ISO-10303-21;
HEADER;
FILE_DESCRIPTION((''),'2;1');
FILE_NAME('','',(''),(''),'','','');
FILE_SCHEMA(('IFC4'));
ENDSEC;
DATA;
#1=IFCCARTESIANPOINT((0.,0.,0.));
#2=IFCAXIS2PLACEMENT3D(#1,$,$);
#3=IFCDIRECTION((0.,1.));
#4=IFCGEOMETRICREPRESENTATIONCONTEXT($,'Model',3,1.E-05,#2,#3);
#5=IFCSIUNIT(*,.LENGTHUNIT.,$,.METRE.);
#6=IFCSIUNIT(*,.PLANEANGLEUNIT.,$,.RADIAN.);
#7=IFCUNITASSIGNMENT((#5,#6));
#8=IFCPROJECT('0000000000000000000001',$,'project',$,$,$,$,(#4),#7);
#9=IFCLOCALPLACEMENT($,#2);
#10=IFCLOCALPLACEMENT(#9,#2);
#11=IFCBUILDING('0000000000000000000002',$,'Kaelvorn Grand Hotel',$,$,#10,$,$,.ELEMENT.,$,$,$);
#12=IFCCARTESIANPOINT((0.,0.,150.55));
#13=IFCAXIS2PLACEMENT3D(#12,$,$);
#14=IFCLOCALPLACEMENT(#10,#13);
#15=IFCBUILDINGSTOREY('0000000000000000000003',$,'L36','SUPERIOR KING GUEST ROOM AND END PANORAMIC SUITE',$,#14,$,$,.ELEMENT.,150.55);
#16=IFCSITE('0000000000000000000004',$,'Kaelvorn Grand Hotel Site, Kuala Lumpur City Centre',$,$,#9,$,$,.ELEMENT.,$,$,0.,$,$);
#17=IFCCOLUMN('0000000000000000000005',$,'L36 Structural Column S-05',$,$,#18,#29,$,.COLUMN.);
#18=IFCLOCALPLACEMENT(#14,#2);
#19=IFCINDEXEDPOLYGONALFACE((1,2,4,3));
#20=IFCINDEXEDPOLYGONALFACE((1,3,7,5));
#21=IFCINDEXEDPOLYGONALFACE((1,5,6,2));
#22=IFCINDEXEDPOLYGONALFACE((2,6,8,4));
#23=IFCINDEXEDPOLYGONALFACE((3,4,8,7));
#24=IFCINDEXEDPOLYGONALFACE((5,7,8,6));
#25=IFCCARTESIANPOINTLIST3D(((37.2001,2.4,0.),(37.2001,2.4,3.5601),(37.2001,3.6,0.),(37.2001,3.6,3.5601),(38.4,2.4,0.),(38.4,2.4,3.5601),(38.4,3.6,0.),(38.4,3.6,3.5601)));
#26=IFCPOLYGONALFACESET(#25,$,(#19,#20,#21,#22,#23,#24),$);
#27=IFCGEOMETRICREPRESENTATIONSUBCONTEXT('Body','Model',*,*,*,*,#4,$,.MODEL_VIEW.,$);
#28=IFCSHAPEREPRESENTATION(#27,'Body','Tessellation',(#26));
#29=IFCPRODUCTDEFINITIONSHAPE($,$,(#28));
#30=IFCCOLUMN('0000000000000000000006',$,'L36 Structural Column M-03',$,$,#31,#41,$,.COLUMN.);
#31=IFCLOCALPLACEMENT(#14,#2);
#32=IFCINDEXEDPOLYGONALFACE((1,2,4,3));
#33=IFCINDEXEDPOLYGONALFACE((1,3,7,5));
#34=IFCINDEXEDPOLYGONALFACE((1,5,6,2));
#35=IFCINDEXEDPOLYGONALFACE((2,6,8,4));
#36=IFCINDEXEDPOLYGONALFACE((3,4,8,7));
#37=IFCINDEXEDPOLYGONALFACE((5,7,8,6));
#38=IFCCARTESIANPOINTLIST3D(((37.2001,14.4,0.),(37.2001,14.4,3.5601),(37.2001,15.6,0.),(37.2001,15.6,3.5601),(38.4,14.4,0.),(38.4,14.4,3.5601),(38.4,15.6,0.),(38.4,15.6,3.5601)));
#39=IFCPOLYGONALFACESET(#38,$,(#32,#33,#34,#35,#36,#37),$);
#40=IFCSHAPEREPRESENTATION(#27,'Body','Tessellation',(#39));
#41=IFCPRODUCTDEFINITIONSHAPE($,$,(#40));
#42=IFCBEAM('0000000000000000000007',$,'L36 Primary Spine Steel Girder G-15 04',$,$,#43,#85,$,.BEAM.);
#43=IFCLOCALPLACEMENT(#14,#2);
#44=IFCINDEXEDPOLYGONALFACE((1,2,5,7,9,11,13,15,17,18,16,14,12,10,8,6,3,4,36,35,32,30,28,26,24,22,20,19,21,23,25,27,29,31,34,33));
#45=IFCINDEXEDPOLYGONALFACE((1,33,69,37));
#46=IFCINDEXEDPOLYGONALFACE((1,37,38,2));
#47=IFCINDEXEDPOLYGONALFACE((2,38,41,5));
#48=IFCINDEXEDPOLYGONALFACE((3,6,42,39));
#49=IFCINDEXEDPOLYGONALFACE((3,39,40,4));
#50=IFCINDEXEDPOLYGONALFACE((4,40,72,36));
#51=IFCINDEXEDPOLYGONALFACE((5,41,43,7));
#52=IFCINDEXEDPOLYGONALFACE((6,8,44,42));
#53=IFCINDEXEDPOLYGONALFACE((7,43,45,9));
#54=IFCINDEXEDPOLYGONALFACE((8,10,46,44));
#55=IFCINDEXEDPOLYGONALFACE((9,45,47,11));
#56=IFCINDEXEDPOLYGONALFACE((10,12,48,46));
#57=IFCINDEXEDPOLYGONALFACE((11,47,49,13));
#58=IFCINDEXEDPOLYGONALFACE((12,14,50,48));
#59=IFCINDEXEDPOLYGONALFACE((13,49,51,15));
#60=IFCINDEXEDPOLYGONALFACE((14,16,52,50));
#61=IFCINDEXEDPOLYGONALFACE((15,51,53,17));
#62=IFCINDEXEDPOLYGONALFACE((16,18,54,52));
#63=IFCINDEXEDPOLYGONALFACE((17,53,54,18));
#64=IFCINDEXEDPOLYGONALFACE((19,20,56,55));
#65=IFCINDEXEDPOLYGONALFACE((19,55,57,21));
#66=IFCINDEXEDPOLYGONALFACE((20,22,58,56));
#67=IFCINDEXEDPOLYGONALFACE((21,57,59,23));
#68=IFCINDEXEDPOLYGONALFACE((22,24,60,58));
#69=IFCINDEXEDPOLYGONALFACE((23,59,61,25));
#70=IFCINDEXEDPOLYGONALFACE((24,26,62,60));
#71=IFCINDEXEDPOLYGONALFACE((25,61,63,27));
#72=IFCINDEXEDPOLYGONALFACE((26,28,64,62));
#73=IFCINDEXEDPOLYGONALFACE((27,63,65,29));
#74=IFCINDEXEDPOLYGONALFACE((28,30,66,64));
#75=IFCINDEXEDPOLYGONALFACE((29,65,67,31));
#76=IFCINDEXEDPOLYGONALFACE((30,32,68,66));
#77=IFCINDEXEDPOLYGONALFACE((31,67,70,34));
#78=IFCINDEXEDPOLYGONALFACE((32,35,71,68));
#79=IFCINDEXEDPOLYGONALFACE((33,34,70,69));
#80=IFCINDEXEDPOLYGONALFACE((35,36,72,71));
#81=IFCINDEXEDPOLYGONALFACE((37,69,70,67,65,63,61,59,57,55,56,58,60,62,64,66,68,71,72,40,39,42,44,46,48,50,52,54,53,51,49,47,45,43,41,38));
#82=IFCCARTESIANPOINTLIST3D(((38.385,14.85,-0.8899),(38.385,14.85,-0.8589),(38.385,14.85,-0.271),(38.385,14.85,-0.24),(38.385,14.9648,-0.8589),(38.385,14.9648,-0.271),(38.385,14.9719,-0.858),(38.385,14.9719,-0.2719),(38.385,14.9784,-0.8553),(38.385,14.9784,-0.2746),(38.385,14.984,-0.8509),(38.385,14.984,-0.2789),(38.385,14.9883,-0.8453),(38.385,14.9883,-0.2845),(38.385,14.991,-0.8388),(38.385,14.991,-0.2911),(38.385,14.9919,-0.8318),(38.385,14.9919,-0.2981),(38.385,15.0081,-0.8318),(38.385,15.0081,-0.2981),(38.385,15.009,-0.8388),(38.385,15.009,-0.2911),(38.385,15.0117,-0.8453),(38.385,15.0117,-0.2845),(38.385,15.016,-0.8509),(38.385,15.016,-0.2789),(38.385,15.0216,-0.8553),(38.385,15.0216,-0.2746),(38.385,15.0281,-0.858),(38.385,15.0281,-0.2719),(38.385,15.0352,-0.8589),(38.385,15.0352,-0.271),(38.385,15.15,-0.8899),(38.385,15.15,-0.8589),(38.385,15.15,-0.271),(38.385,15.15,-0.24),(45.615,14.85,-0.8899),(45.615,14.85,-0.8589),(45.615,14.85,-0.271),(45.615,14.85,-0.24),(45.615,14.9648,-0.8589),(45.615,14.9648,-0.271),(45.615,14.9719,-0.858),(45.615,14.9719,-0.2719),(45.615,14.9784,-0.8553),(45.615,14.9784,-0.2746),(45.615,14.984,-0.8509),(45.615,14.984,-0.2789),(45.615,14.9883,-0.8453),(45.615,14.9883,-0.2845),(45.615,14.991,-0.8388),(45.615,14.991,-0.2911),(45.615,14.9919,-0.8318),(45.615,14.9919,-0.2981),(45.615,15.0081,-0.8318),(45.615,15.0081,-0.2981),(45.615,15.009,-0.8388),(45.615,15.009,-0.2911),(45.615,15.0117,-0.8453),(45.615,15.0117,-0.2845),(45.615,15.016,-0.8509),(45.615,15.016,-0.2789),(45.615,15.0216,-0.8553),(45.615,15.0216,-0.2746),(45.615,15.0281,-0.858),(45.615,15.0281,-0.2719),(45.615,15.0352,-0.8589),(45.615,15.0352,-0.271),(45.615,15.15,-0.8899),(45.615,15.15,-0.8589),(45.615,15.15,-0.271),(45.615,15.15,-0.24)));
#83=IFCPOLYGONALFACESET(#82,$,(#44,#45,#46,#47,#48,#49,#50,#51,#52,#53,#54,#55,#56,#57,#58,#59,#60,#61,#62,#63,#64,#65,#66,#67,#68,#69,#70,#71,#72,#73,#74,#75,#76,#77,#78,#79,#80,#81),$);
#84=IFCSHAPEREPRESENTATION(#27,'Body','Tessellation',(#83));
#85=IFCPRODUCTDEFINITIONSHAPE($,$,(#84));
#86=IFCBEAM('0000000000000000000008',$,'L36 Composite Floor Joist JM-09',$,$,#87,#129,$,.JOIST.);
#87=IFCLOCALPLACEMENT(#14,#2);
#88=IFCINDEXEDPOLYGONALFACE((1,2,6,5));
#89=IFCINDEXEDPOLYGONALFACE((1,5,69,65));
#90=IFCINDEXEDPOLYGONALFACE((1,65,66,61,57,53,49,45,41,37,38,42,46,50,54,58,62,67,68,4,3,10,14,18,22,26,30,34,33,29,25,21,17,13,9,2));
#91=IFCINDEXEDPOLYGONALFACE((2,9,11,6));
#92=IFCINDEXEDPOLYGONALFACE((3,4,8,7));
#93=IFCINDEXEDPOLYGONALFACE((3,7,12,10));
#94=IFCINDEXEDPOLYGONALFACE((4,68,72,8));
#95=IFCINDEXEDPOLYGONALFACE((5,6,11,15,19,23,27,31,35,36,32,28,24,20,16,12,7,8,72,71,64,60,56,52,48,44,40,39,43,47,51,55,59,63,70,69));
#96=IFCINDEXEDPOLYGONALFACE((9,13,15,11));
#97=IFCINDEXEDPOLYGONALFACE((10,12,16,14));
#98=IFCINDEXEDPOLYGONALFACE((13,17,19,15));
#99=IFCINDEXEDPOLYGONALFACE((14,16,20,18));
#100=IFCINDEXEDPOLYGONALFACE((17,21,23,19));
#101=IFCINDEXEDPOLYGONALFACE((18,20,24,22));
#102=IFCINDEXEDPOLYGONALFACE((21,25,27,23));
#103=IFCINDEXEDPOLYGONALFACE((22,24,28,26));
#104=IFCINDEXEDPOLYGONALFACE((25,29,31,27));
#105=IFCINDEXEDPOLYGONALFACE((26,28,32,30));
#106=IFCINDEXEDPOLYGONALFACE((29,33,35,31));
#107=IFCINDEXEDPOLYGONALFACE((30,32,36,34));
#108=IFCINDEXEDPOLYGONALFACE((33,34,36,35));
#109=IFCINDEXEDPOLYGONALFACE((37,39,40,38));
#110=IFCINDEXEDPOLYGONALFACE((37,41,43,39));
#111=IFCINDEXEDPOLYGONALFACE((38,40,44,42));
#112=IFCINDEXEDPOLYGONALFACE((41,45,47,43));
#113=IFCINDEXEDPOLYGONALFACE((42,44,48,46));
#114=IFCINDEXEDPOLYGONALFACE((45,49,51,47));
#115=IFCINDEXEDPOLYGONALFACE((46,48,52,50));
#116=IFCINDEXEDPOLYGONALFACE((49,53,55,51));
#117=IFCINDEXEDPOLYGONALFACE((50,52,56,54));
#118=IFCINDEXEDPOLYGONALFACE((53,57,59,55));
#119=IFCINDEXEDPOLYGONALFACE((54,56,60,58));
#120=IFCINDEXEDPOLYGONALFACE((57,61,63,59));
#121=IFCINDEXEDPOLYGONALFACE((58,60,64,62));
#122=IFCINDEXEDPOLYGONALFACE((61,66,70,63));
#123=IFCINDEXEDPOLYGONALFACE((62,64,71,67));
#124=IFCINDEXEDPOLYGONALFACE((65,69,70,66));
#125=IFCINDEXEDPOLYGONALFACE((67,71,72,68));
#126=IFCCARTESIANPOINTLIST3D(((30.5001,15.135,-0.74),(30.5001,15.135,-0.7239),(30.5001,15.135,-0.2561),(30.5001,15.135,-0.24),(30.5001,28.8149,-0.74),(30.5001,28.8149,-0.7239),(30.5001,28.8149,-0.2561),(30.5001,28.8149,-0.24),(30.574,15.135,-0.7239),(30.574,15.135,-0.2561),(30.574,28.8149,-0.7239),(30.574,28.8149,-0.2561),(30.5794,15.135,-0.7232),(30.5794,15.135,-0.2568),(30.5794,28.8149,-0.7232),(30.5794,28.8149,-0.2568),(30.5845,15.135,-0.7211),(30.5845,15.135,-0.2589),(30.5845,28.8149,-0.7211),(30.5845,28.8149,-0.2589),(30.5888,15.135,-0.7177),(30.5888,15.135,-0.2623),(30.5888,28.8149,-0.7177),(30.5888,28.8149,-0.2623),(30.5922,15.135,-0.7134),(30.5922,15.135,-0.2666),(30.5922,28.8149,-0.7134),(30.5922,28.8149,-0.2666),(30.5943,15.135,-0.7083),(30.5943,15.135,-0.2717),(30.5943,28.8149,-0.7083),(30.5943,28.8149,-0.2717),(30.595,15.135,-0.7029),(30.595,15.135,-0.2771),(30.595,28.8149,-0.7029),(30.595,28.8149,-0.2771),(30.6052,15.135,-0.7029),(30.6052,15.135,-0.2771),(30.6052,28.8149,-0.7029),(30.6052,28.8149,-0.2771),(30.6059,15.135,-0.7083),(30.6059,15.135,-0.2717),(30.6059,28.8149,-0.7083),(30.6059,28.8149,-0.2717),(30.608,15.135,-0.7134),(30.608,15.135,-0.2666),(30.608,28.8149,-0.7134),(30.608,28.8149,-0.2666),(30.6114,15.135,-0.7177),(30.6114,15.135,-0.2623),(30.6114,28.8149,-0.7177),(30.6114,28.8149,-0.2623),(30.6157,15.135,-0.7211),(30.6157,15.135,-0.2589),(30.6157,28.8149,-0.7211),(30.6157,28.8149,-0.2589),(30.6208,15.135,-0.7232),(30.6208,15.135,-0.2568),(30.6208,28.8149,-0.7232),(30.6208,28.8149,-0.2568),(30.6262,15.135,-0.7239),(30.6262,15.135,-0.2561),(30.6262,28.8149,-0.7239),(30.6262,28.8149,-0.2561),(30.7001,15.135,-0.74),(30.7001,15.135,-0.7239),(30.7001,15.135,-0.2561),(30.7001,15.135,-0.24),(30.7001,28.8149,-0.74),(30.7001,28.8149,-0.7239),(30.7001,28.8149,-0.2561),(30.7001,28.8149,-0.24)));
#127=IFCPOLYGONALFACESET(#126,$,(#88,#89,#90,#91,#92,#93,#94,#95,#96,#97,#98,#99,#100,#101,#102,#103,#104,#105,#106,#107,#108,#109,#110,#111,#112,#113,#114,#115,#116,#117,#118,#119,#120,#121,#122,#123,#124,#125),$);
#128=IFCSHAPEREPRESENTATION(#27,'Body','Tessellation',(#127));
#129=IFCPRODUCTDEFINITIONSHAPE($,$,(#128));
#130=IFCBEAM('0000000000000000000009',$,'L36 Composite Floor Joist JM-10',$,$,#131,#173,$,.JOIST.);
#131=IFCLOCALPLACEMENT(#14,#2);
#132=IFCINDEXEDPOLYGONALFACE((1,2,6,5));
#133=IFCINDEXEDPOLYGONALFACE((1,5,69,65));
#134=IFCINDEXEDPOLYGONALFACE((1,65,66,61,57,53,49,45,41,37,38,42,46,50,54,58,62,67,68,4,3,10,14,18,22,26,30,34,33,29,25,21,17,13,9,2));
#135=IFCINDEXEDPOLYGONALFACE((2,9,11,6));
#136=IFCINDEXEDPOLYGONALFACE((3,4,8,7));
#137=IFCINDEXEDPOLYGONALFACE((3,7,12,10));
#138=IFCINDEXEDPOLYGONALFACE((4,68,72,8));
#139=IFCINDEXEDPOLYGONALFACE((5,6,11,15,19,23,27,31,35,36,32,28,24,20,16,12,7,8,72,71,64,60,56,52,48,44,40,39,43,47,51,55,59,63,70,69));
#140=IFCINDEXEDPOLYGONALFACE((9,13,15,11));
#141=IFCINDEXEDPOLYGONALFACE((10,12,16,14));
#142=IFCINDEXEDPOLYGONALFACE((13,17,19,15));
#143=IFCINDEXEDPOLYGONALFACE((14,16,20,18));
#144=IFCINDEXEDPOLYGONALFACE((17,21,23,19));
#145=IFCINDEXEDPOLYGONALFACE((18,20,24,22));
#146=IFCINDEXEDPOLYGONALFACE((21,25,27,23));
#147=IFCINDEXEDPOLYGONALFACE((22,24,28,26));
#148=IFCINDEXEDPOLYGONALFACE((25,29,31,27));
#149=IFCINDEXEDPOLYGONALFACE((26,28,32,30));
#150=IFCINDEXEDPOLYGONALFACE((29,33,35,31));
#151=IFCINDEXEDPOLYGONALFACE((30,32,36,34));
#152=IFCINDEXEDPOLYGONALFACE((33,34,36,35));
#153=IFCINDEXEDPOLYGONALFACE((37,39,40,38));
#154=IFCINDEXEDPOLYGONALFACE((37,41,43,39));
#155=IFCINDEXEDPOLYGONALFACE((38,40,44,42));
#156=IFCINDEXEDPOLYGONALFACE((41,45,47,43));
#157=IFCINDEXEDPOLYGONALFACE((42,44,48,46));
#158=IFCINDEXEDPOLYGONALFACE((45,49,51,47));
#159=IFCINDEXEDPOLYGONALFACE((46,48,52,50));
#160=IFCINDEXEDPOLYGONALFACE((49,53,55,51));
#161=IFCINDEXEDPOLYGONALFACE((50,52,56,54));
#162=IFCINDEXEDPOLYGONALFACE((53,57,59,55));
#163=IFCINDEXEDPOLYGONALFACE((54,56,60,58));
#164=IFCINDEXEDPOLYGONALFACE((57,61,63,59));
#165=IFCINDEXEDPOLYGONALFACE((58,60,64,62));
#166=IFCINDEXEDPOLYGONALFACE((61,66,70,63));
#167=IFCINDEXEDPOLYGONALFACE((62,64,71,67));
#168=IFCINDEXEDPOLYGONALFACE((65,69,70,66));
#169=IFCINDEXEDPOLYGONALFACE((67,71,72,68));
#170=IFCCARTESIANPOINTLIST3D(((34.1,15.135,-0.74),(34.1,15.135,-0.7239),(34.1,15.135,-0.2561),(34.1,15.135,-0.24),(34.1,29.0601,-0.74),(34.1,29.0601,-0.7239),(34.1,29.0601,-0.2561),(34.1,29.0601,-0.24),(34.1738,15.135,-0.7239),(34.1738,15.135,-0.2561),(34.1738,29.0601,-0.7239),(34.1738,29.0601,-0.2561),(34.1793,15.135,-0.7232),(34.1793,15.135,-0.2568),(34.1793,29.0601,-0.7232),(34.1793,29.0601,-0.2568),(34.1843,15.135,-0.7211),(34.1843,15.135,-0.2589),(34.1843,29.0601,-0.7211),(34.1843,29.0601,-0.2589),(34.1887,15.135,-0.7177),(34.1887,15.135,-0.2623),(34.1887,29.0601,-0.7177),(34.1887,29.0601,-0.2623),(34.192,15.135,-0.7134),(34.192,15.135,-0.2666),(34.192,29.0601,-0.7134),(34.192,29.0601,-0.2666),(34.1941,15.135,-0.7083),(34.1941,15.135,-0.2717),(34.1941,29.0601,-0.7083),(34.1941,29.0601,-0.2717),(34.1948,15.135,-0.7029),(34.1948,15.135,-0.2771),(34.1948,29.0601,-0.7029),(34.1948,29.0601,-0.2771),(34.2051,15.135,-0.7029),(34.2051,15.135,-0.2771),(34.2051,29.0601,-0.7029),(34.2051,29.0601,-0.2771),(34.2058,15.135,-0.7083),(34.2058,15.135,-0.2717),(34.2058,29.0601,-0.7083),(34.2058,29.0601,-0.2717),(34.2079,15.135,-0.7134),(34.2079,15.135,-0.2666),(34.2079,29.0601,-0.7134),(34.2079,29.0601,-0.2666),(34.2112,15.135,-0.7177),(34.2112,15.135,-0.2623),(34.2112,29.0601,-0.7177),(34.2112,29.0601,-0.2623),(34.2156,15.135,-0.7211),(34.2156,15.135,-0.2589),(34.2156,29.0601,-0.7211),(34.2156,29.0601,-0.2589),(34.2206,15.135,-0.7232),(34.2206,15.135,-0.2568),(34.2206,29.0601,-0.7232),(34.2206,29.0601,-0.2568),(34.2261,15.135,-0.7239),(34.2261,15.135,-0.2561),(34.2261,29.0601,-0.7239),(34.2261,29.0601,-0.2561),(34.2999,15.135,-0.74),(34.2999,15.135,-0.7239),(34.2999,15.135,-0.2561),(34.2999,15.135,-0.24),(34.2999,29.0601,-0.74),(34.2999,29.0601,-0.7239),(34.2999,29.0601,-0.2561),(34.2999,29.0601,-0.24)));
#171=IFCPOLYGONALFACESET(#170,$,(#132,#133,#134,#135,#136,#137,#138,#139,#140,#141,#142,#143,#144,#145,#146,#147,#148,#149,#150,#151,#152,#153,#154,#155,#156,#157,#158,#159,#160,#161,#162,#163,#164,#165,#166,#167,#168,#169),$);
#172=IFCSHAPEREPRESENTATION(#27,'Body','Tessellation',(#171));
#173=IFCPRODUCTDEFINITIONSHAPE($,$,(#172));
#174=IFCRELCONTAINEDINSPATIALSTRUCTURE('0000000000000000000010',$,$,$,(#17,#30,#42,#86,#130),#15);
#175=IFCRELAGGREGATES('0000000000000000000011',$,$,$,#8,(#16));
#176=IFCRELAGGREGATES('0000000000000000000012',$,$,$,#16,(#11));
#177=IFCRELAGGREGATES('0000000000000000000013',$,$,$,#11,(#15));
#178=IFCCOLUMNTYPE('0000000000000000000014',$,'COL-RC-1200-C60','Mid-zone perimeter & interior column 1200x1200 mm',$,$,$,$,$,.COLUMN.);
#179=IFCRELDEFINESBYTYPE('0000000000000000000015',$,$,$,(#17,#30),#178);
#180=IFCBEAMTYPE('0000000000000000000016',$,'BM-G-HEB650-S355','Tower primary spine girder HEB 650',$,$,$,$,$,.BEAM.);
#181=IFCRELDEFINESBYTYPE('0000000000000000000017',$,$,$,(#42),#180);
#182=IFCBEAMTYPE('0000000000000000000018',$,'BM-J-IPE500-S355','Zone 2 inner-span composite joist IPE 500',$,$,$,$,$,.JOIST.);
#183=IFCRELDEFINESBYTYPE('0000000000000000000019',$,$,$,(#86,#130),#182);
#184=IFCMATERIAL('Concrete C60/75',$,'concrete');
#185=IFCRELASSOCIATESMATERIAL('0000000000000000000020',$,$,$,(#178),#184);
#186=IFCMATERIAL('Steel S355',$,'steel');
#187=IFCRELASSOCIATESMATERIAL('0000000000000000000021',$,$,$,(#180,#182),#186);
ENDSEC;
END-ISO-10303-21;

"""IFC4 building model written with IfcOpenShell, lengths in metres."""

from ifc_helpers import new_model, si_unit, direction, frame, origin, origin_2d, place, context, subcontext, project, spatial, rectangle, i_section, extrude, material, material_profile, profile_set, type_object, element, save


model = new_model("IFC4")

# Units and contexts
model_context = context("Model", 3, precision=1e-05, world=origin(), true_north=direction((0.0, 1.0)))
body_context = subcontext(model_context, "Body", "Model", "MODEL_VIEW")
ifc_project = project(units=[si_unit("LENGTHUNIT", "METRE"), si_unit("PLANEANGLEUNIT", "RADIAN")], contexts=[model_context])

# Site, building, storey
site_placement = place(None, origin())
site = spatial("IfcSite", under=ifc_project, at=site_placement, Name="Kaelvorn Grand Hotel Site, Kuala Lumpur City Centre", CompositionType="ELEMENT", RefElevation=0.0)
building_placement = place(site_placement, origin())
building = spatial("IfcBuilding", under=site, at=building_placement, Name="Kaelvorn Grand Hotel", CompositionType="ELEMENT")
storey_placement = place(building_placement, frame((0.0, 0.0, 150.55)))
storey = spatial("IfcBuildingStorey", under=building, at=storey_placement, Name="L36", Description="SUPERIOR KING GUEST ROOM AND END PANORAMIC SUITE", CompositionType="ELEMENT", Elevation=150.55)

# Columns
ifc_material_1 = material(Name="Concrete C60/75", Category="concrete")
ifc_material_profile_1 = material_profile(ifc_material_1, rectangle(XDim=1.2, YDim=1.2, at=origin_2d()), Name="RC COL 1200x1200")
ifc_profile_set_1 = profile_set([ifc_material_profile_1], Name="Concrete C60/75")
column_type = type_object("IfcColumnType", Name="COL-RC-1200-C60", Description="Mid-zone perimeter & interior column 1200x1200 mm", PredefinedType="COLUMN", material=ifc_profile_set_1)
for number, where, z_axis, x_axis, name in (
    (1, (37.8, 3.0, 0.0), (0.0, 0.0, 1.0), (1.0, 0.0, 0.0), "L36 Structural Column S-05"),
    (2, (37.8, 15.0, 0.0), (0.0, 0.0, 1.0), (1.0, 0.0, 0.0), "L36 Structural Column M-03"),
):
    element("IfcColumn", number, at=place(storey_placement, frame(where, z_axis=z_axis, x_axis=x_axis)), inside=storey, type_object=column_type, Name=name, PredefinedType="COLUMN", context=body_context, shape_type="SweptSolid", body=[
        extrude(rectangle(XDim=1.2, YDim=1.2, at=origin_2d()), origin(), (0.0, 0.0, 1.0), 3.5601),
    ])

# Beams
ifc_material_2 = material(Name="Steel S355", Category="steel")
ifc_material_profile_2 = material_profile(ifc_material_2, i_section(OverallWidth=0.3, OverallDepth=0.6499, WebThickness=0.0161, FlangeThickness=0.031, FilletRadius=0.0271, at=origin_2d()), Name="HEB 650")
ifc_profile_set_2 = profile_set([ifc_material_profile_2], Name="Steel S355")
beam_type_1 = type_object("IfcBeamType", Name="BM-G-HEB650-S355", Description="Tower primary spine girder HEB 650", PredefinedType="BEAM", material=ifc_profile_set_2)
beam_1_placement = place(storey_placement, frame((38.385, 15.0, -0.5649), z_axis=(1.0, 0.0, 0.0), x_axis=(0.0, 1.0, 0.0)))
element("IfcBeam", 3, at=beam_1_placement, inside=storey, type_object=beam_type_1, Name="L36 Primary Spine Steel Girder G-15 04", PredefinedType="BEAM", context=body_context, shape_type="SweptSolid", body=[
    extrude(i_section(OverallWidth=0.3, OverallDepth=0.6499, WebThickness=0.0161, FlangeThickness=0.031, FilletRadius=0.0271, at=origin_2d()), origin(), (0.0, 0.0, 1.0), 7.23),
])
ifc_material_profile_3 = material_profile(ifc_material_2, i_section(OverallWidth=0.2, OverallDepth=0.5, WebThickness=0.0103, FlangeThickness=0.0161, FilletRadius=0.021, at=origin_2d()), Name="IPE 500")
ifc_profile_set_3 = profile_set([ifc_material_profile_3], Name="Steel S355")
beam_type_2 = type_object("IfcBeamType", Name="BM-J-IPE500-S355", Description="Zone 2 inner-span composite joist IPE 500", PredefinedType="JOIST", material=ifc_profile_set_3)
beam_2_placement = place(storey_placement, frame((30.6001, 15.135, -0.49), z_axis=(0.0, 1.0, 0.0), x_axis=(-1.0, 0.0, 0.0)))
element("IfcBeam", 4, at=beam_2_placement, inside=storey, type_object=beam_type_2, Name="L36 Composite Floor Joist JM-09", PredefinedType="JOIST", context=body_context, shape_type="SweptSolid", body=[
    extrude(i_section(OverallWidth=0.2, OverallDepth=0.5, WebThickness=0.0103, FlangeThickness=0.0161, FilletRadius=0.021, at=origin_2d()), origin(), (0.0, 0.0, 1.0), 13.6799),
])
for number, where, z_axis, x_axis, name in (
    (5, (34.2, 15.135, -0.49), (0.0, 1.0, 0.0), (-1.0, 0.0, 0.0), "L36 Composite Floor Joist JM-10"),
):
    element("IfcBeam", number, at=place(storey_placement, frame(where, z_axis=z_axis, x_axis=x_axis)), inside=storey, type_object=beam_type_2, Name=name, PredefinedType="JOIST", context=body_context, shape_type="SweptSolid", body=[
        extrude(i_section(OverallWidth=0.2, OverallDepth=0.5, WebThickness=0.0103, FlangeThickness=0.0161, FilletRadius=0.021, at=origin_2d()), origin(), (0.0, 0.0, 1.0), 13.925),
    ])

save(model, "model.ifc")
